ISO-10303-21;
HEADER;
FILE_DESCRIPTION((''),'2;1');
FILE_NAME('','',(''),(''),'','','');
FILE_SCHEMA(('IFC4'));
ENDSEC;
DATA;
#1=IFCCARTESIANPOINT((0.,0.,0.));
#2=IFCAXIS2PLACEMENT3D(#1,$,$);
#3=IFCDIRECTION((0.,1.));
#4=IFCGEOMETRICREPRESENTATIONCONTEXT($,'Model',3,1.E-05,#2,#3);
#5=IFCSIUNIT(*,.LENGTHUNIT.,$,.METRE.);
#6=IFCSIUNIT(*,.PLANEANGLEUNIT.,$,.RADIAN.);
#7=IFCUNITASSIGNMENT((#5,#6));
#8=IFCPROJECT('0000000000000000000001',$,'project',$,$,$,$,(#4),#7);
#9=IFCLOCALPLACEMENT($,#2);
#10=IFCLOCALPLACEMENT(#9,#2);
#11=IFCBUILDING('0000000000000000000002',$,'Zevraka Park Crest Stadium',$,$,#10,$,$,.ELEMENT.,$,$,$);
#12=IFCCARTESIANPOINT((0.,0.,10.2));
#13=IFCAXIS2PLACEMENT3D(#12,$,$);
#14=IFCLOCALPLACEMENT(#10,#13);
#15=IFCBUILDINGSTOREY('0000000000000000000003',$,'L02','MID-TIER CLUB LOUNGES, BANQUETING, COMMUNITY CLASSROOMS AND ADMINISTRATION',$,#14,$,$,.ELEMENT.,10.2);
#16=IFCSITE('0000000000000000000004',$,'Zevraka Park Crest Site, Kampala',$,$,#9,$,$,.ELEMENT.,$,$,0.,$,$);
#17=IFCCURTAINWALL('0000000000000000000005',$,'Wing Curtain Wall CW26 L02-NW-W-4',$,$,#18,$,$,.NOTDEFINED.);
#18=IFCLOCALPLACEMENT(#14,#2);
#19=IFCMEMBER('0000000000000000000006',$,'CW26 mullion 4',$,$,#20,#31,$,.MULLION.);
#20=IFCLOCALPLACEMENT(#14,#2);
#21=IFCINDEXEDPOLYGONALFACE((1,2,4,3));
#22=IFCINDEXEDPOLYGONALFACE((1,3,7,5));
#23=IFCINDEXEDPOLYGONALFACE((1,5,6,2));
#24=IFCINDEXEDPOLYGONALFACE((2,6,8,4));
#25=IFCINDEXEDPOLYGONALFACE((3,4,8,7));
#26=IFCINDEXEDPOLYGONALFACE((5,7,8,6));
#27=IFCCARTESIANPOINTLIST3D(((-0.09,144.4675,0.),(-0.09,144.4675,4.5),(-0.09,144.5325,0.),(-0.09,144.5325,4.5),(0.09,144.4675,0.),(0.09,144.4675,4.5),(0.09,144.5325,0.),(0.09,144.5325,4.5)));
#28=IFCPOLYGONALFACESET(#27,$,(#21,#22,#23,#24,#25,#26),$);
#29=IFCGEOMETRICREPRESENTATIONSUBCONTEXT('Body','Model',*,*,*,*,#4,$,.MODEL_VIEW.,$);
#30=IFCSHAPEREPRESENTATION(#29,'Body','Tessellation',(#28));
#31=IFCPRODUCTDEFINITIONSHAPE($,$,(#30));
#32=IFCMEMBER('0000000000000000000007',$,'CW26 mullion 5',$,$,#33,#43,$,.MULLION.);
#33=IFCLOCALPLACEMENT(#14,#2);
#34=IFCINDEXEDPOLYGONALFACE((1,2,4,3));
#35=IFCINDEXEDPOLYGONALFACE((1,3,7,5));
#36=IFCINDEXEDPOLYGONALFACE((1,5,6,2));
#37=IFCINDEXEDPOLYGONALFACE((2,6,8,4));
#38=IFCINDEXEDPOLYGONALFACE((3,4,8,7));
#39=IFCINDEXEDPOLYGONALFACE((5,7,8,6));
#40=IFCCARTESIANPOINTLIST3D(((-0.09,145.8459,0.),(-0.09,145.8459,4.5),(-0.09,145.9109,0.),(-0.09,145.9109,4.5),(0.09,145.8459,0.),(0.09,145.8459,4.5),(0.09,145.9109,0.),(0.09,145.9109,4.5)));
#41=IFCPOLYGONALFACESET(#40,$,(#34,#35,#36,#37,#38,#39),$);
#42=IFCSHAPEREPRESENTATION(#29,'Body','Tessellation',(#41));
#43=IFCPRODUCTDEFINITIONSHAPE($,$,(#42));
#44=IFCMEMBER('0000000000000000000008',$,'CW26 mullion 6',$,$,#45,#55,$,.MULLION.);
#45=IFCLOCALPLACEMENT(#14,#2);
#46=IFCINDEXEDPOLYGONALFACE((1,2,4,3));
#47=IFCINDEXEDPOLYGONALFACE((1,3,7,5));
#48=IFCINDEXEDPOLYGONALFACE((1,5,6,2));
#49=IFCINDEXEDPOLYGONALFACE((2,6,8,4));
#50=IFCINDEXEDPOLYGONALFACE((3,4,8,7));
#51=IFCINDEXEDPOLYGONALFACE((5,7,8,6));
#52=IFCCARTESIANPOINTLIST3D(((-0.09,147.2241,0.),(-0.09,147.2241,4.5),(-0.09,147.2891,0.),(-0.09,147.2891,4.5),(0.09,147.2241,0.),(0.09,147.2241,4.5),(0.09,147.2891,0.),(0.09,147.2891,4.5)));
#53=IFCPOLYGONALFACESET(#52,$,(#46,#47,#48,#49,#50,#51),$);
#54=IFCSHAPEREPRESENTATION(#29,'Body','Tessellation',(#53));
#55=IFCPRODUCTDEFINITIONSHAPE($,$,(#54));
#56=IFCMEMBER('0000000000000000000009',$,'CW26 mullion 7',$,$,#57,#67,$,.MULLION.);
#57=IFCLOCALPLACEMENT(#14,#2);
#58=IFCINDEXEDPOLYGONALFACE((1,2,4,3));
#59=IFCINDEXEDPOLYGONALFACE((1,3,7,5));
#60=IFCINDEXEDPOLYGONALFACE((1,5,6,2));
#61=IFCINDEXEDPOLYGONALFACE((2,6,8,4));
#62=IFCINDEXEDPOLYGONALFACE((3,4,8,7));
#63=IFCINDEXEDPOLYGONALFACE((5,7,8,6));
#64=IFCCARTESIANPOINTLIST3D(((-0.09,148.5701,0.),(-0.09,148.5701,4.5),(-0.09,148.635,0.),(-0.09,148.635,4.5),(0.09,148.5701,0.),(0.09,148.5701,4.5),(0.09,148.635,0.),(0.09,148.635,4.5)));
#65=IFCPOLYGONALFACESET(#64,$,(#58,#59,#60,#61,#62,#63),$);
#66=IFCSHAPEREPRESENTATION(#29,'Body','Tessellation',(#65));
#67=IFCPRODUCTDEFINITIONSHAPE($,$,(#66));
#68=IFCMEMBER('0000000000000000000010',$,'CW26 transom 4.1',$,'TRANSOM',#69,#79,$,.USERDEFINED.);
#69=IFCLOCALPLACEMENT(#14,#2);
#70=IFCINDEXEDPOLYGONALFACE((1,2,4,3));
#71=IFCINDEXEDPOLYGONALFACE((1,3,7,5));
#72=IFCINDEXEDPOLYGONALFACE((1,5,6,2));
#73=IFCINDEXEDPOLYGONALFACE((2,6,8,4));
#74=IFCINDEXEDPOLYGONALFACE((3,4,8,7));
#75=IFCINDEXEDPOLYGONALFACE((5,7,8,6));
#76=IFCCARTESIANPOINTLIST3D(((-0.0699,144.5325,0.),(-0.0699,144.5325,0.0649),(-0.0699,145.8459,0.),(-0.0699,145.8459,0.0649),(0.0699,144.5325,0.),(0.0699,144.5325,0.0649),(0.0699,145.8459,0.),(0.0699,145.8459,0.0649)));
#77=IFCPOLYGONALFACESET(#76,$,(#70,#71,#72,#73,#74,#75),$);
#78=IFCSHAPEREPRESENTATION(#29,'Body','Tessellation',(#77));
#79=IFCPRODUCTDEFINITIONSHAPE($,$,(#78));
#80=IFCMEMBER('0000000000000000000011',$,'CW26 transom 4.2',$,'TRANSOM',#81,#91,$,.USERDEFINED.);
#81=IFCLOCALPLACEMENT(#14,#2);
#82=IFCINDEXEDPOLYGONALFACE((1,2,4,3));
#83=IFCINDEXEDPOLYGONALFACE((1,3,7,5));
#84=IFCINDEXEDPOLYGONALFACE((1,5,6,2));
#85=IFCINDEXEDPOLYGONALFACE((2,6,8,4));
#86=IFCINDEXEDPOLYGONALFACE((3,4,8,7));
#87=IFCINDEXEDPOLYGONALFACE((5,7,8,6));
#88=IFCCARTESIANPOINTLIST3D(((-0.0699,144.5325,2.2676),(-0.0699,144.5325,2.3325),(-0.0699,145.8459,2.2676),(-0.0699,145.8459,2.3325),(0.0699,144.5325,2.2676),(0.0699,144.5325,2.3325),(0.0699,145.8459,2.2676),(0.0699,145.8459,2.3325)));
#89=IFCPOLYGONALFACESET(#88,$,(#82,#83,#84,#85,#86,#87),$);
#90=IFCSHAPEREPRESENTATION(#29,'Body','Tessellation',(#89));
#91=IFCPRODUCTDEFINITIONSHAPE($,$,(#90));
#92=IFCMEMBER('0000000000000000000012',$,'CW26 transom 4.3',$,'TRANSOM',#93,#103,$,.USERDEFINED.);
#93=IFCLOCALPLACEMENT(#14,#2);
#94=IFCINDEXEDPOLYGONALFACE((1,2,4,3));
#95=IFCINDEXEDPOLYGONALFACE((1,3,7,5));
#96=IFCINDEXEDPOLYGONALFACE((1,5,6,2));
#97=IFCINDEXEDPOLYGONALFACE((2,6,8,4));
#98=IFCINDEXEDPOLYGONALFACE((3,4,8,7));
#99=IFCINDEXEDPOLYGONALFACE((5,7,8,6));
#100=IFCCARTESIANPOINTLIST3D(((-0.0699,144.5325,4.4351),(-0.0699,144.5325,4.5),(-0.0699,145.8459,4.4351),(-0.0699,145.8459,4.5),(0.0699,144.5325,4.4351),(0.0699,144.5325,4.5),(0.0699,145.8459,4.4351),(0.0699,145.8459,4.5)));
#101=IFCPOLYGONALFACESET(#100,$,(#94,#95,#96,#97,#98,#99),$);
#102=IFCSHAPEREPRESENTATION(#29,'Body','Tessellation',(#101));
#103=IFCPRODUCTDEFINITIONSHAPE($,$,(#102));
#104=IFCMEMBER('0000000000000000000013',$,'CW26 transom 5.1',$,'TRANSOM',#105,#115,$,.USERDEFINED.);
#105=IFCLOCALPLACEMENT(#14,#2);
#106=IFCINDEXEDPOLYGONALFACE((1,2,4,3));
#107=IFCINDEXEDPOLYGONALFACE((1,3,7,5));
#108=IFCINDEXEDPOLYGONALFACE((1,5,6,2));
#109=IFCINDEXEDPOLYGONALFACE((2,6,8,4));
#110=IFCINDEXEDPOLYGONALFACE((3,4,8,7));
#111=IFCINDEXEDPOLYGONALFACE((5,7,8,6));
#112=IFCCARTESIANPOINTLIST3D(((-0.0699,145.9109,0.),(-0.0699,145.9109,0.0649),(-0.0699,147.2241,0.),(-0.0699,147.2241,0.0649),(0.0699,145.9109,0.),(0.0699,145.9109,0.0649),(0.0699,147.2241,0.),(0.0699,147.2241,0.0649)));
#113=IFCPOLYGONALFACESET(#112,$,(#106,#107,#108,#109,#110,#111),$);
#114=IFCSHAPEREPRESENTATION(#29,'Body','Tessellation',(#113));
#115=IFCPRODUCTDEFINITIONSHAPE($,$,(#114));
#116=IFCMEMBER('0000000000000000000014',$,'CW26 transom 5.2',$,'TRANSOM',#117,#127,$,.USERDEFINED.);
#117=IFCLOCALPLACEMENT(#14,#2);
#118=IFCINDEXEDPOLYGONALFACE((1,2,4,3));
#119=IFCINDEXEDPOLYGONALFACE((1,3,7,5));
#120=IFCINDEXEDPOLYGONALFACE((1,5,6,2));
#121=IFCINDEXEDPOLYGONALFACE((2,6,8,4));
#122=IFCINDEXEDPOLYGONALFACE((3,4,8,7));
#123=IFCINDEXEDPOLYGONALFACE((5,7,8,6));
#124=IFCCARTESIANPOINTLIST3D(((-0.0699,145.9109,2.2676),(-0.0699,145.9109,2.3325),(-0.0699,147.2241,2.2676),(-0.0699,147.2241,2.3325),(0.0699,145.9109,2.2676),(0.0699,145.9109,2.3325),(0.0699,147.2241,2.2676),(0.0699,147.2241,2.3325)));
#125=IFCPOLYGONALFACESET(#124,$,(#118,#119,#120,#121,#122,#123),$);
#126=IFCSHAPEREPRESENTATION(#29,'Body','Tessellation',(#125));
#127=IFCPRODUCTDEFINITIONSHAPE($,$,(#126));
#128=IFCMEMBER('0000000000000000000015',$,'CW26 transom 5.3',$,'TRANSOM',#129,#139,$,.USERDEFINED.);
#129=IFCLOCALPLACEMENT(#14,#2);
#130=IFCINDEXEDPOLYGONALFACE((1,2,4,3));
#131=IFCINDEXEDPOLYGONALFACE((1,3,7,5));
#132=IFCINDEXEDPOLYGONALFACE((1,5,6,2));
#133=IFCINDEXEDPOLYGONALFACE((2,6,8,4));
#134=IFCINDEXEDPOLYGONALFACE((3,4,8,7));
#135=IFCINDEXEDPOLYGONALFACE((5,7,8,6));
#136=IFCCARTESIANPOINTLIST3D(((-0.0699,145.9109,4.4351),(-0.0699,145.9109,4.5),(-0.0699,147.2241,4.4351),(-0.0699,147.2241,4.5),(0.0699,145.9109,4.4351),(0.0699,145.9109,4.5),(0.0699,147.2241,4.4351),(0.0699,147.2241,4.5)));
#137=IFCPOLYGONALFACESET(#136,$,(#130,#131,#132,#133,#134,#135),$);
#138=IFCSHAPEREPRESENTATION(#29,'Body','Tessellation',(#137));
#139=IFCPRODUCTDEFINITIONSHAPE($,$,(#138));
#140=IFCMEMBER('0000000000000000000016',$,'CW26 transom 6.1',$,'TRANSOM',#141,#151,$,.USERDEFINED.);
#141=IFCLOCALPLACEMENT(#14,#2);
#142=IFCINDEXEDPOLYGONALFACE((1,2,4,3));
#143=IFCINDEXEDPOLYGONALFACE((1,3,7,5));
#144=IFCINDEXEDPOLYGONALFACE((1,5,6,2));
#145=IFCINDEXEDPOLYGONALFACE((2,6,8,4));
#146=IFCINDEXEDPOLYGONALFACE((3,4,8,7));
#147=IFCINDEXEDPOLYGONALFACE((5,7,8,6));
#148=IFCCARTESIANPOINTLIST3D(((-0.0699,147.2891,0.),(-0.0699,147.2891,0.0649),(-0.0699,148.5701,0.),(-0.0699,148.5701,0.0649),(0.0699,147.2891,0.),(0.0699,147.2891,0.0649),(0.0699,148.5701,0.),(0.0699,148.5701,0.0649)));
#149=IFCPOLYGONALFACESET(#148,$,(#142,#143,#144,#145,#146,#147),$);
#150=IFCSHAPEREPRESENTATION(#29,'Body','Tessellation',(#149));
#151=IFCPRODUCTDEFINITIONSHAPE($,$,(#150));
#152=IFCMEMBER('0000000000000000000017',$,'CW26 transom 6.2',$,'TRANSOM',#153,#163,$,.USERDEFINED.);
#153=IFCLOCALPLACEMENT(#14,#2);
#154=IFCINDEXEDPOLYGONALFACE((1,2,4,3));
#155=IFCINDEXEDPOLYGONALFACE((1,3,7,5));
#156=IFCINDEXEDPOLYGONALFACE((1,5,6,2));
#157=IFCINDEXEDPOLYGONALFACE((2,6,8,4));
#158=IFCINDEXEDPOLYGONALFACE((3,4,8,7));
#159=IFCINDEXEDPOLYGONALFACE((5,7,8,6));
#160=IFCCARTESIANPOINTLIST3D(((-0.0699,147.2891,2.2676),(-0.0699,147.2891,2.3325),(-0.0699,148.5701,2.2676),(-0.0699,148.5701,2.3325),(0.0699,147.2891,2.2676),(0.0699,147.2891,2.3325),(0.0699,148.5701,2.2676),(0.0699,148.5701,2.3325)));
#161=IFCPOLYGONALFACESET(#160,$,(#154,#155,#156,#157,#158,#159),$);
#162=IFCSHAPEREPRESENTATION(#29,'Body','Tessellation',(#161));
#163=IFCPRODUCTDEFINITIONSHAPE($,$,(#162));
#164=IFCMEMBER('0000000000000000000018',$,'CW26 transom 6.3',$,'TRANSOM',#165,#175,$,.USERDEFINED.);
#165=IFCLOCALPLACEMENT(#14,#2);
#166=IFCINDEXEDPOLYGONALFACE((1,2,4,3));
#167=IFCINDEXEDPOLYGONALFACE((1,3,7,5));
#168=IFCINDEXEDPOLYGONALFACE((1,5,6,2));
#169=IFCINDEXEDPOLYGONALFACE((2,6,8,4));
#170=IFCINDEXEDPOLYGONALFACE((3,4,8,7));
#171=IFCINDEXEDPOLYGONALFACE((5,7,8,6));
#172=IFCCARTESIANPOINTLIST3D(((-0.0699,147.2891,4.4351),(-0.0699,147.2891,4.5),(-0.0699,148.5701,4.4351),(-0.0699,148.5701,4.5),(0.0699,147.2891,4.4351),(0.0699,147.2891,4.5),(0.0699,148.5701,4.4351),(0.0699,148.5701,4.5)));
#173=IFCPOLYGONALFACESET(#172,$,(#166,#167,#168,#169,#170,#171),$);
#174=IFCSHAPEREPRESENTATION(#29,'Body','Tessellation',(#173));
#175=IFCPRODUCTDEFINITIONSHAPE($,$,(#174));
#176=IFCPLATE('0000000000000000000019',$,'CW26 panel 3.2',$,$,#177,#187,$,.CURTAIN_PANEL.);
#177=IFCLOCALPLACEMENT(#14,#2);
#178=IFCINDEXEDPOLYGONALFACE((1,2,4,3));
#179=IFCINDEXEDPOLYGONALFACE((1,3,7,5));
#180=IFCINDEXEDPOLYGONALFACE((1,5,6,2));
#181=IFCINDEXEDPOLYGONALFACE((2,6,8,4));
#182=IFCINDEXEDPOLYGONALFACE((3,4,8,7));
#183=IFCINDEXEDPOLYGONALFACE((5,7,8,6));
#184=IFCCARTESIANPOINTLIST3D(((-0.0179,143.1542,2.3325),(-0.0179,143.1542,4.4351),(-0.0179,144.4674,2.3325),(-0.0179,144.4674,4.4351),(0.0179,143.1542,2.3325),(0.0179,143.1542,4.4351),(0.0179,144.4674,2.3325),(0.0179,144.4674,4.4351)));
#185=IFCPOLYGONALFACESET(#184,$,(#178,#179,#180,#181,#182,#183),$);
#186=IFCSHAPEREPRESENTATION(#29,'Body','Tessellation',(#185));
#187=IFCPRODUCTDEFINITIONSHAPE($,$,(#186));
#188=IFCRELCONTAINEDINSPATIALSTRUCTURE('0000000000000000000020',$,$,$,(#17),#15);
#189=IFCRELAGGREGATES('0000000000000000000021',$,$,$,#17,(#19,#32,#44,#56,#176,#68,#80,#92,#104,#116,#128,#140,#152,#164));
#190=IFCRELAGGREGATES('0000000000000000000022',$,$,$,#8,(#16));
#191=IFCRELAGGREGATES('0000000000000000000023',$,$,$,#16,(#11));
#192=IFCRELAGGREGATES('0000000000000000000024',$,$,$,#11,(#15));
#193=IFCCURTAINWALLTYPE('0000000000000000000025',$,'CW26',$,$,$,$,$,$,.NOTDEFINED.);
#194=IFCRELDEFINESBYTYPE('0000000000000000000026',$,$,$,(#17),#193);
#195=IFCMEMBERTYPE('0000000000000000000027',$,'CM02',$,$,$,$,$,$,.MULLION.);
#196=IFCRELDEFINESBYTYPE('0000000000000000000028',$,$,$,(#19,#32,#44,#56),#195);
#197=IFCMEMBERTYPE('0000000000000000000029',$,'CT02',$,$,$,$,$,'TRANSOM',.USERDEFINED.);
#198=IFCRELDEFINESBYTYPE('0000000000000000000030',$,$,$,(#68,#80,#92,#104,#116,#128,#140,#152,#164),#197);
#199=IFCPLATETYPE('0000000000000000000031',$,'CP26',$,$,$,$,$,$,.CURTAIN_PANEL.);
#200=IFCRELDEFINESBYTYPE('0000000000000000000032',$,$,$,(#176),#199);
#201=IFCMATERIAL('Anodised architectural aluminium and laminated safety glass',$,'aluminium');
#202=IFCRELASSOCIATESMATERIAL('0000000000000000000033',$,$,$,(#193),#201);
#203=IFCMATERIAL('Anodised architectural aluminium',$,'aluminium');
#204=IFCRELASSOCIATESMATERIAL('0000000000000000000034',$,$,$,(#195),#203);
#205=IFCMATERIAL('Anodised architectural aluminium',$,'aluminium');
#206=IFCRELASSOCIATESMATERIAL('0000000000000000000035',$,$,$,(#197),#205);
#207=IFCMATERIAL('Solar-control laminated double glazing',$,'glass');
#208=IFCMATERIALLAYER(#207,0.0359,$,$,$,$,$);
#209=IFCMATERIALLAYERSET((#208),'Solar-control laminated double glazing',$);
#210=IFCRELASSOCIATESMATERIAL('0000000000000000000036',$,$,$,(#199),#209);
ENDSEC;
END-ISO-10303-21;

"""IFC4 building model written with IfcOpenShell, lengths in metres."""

from ifc_helpers import new_model, si_unit, direction, frame, origin, origin_2d, place, context, subcontext, project, spatial, rectangle, extrude, material, layer, layer_set, material_profile, profile_set, type_object, element, aggregate, save


model = new_model("IFC4")

# Units and contexts
model_context = context("Model", 3, precision=1e-05, world=origin(), true_north=direction((0.0, 1.0)))
body_context = subcontext(model_context, "Body", "Model", "MODEL_VIEW")
ifc_project = project(units=[si_unit("LENGTHUNIT", "METRE"), si_unit("PLANEANGLEUNIT", "RADIAN")], contexts=[model_context])

# Site, building, storey
site_placement = place(None, origin())
site = spatial("IfcSite", under=ifc_project, at=site_placement, Name="Zevraka Park Crest Site, Kampala", CompositionType="ELEMENT", RefElevation=0.0)
building_placement = place(site_placement, origin())
building = spatial("IfcBuilding", under=site, at=building_placement, Name="Zevraka Park Crest Stadium", CompositionType="ELEMENT")
storey_placement = place(building_placement, frame((0.0, 0.0, 10.2)))
storey = spatial("IfcBuildingStorey", under=building, at=storey_placement, Name="L02", Description="MID-TIER CLUB LOUNGES, BANQUETING, COMMUNITY CLASSROOMS AND ADMINISTRATION", CompositionType="ELEMENT", Elevation=10.2)

# Curtain wall, members, plate
ifc_material_1 = material(Name="Anodised architectural aluminium and laminated safety glass", Category="aluminium")
curtain_wall_type = type_object("IfcCurtainWallType", Name="CW26", PredefinedType="NOTDEFINED", material=ifc_material_1)
curtain_wall_placement = place(storey_placement, origin())
curtain_wall = element("IfcCurtainWall", 1, at=curtain_wall_placement, inside=storey, type_object=curtain_wall_type, Name="Wing Curtain Wall CW26 L02-NW-W-4", PredefinedType="NOTDEFINED")
ifc_material_2 = material(Name="Anodised architectural aluminium", Category="aluminium")
ifc_material_profile_1 = material_profile(ifc_material_2, rectangle(XDim=0.1799, YDim=0.0649, at=origin_2d()), Name="ALU MULLION 180x65")
ifc_profile_set_1 = profile_set([ifc_material_profile_1], Name="Anodised architectural aluminium")
member_type_1 = type_object("IfcMemberType", Name="CM02", PredefinedType="MULLION", material=ifc_profile_set_1)
member_1_placement = place(storey_placement, frame((0.0, 144.5, 0.0), z_axis=(0.0, 0.0, 1.0), x_axis=(-1.0, 0.0, 0.0)))
member_1 = element("IfcMember", 2, at=member_1_placement, type_object=member_type_1, Name="CW26 mullion 4", PredefinedType="MULLION", context=body_context, shape_type="SweptSolid", body=[
    extrude(rectangle(XDim=0.1799, YDim=0.0649, at=origin_2d()), origin(), (0.0, 0.0, 1.0), 4.5),
])
member_2_placement = place(storey_placement, frame((0.0, 145.8784, 0.0), z_axis=(0.0, 0.0, 1.0), x_axis=(-1.0, 0.0, 0.0)))
member_2 = element("IfcMember", 3, at=member_2_placement, type_object=member_type_1, Name="CW26 mullion 5", PredefinedType="MULLION", context=body_context, shape_type="SweptSolid", body=[
    extrude(rectangle(XDim=0.1799, YDim=0.0649, at=origin_2d()), origin(), (0.0, 0.0, 1.0), 4.5),
])
member_3_placement = place(storey_placement, frame((0.0, 147.2566, 0.0), z_axis=(0.0, 0.0, 1.0), x_axis=(-1.0, 0.0, 0.0)))
member_3 = element("IfcMember", 4, at=member_3_placement, type_object=member_type_1, Name="CW26 mullion 6", PredefinedType="MULLION", context=body_context, shape_type="SweptSolid", body=[
    extrude(rectangle(XDim=0.1799, YDim=0.0649, at=origin_2d()), origin(), (0.0, 0.0, 1.0), 4.5),
])
member_4_placement = place(storey_placement, frame((0.0, 148.6025, 0.0), z_axis=(0.0, 0.0, 1.0), x_axis=(-1.0, 0.0, 0.0)))
member_4 = element("IfcMember", 5, at=member_4_placement, type_object=member_type_1, Name="CW26 mullion 7", PredefinedType="MULLION", context=body_context, shape_type="SweptSolid", body=[
    extrude(rectangle(XDim=0.1799, YDim=0.0649, at=origin_2d()), origin(), (0.0, 0.0, 1.0), 4.5),
])
ifc_material_3 = material(Name="Anodised architectural aluminium", Category="aluminium")
ifc_material_profile_2 = material_profile(ifc_material_3, rectangle(XDim=0.1399, YDim=0.0649, at=origin_2d()), Name="ALU TRANSOM 140x65")
ifc_profile_set_2 = profile_set([ifc_material_profile_2], Name="Anodised architectural aluminium")
member_type_2 = type_object("IfcMemberType", Name="CT02", ElementType="TRANSOM", PredefinedType="USERDEFINED", material=ifc_profile_set_2)
member_5_placement = place(storey_placement, frame((0.0, 144.5325, 0.0325), z_axis=(0.0, 1.0, 0.0), x_axis=(-1.0, 0.0, 0.0)))
member_5 = element("IfcMember", 6, at=member_5_placement, type_object=member_type_2, Name="CW26 transom 4.1", ObjectType="TRANSOM", PredefinedType="USERDEFINED", context=body_context, shape_type="SweptSolid", body=[
    extrude(rectangle(XDim=0.1399, YDim=0.0649, at=origin_2d()), origin(), (0.0, 0.0, 1.0), 1.3135),
])
member_6_placement = place(storey_placement, frame((0.0, 144.5325, 2.3), z_axis=(0.0, 1.0, 0.0), x_axis=(-1.0, 0.0, 0.0)))
member_6 = element("IfcMember", 7, at=member_6_placement, type_object=member_type_2, Name="CW26 transom 4.2", ObjectType="TRANSOM", PredefinedType="USERDEFINED", context=body_context, shape_type="SweptSolid", body=[
    extrude(rectangle(XDim=0.1399, YDim=0.0649, at=origin_2d()), origin(), (0.0, 0.0, 1.0), 1.3135),
])
member_7_placement = place(storey_placement, frame((0.0, 144.5325, 4.4675), z_axis=(0.0, 1.0, 0.0), x_axis=(-1.0, 0.0, 0.0)))
member_7 = element("IfcMember", 8, at=member_7_placement, type_object=member_type_2, Name="CW26 transom 4.3", ObjectType="TRANSOM", PredefinedType="USERDEFINED", context=body_context, shape_type="SweptSolid", body=[
    extrude(rectangle(XDim=0.1399, YDim=0.0649, at=origin_2d()), origin(), (0.0, 0.0, 1.0), 1.3135),
])
member_8_placement = place(storey_placement, frame((0.0, 145.9109, 0.0325), z_axis=(0.0, 1.0, 0.0), x_axis=(-1.0, 0.0, 0.0)))
member_8 = element("IfcMember", 9, at=member_8_placement, type_object=member_type_2, Name="CW26 transom 5.1", ObjectType="TRANSOM", PredefinedType="USERDEFINED", context=body_context, shape_type="SweptSolid", body=[
    extrude(rectangle(XDim=0.1399, YDim=0.0649, at=origin_2d()), origin(), (0.0, 0.0, 1.0), 1.3132),
])
member_9_placement = place(storey_placement, frame((0.0, 145.9109, 2.3), z_axis=(0.0, 1.0, 0.0), x_axis=(-1.0, 0.0, 0.0)))
member_9 = element("IfcMember", 10, at=member_9_placement, type_object=member_type_2, Name="CW26 transom 5.2", ObjectType="TRANSOM", PredefinedType="USERDEFINED", context=body_context, shape_type="SweptSolid", body=[
    extrude(rectangle(XDim=0.1399, YDim=0.0649, at=origin_2d()), origin(), (0.0, 0.0, 1.0), 1.3132),
])
member_10_placement = place(storey_placement, frame((0.0, 145.9109, 4.4675), z_axis=(0.0, 1.0, 0.0), x_axis=(-1.0, 0.0, 0.0)))
member_10 = element("IfcMember", 11, at=member_10_placement, type_object=member_type_2, Name="CW26 transom 5.3", ObjectType="TRANSOM", PredefinedType="USERDEFINED", context=body_context, shape_type="SweptSolid", body=[
    extrude(rectangle(XDim=0.1399, YDim=0.0649, at=origin_2d()), origin(), (0.0, 0.0, 1.0), 1.3132),
])
member_11_placement = place(storey_placement, frame((0.0, 147.2891, 0.0325), z_axis=(0.0, 1.0, 0.0), x_axis=(-1.0, 0.0, 0.0)))
member_11 = element("IfcMember", 12, at=member_11_placement, type_object=member_type_2, Name="CW26 transom 6.1", ObjectType="TRANSOM", PredefinedType="USERDEFINED", context=body_context, shape_type="SweptSolid", body=[
    extrude(rectangle(XDim=0.1399, YDim=0.0649, at=origin_2d()), origin(), (0.0, 0.0, 1.0), 1.281),
])
member_12_placement = place(storey_placement, frame((0.0, 147.2891, 2.3), z_axis=(0.0, 1.0, 0.0), x_axis=(-1.0, 0.0, 0.0)))
member_12 = element("IfcMember", 13, at=member_12_placement, type_object=member_type_2, Name="CW26 transom 6.2", ObjectType="TRANSOM", PredefinedType="USERDEFINED", context=body_context, shape_type="SweptSolid", body=[
    extrude(rectangle(XDim=0.1399, YDim=0.0649, at=origin_2d()), origin(), (0.0, 0.0, 1.0), 1.281),
])
member_13_placement = place(storey_placement, frame((0.0, 147.2891, 4.4675), z_axis=(0.0, 1.0, 0.0), x_axis=(-1.0, 0.0, 0.0)))
member_13 = element("IfcMember", 14, at=member_13_placement, type_object=member_type_2, Name="CW26 transom 6.3", ObjectType="TRANSOM", PredefinedType="USERDEFINED", context=body_context, shape_type="SweptSolid", body=[
    extrude(rectangle(XDim=0.1399, YDim=0.0649, at=origin_2d()), origin(), (0.0, 0.0, 1.0), 1.281),
])
ifc_material_4 = material(Name="Solar-control laminated double glazing", Category="glass")
ifc_layer_1 = layer(ifc_material_4, 0.0359)
ifc_layer_set_1 = layer_set([ifc_layer_1], Name="Solar-control laminated double glazing")
plate_type = type_object("IfcPlateType", Name="CP26", PredefinedType="CURTAIN_PANEL", material=ifc_layer_set_1)
plate_1_placement = place(storey_placement, frame((0.0, 143.8108, 2.3325), z_axis=(0.0, 0.0, 1.0), x_axis=(0.0, 1.0, 0.0)))
plate_1 = element("IfcPlate", 15, at=plate_1_placement, type_object=plate_type, Name="CW26 panel 3.2", PredefinedType="CURTAIN_PANEL", context=body_context, shape_type="SweptSolid", body=[
    extrude(rectangle(XDim=1.3132, YDim=0.0359, at=origin_2d()), origin(), (0.0, 0.0, 1.0), 2.1025),
])
aggregate(curtain_wall, [member_1, member_2, member_3, member_4, plate_1, member_5, member_6, member_7, member_8, member_9, member_10, member_11, member_12, member_13])

save(model, "model.ifc")
